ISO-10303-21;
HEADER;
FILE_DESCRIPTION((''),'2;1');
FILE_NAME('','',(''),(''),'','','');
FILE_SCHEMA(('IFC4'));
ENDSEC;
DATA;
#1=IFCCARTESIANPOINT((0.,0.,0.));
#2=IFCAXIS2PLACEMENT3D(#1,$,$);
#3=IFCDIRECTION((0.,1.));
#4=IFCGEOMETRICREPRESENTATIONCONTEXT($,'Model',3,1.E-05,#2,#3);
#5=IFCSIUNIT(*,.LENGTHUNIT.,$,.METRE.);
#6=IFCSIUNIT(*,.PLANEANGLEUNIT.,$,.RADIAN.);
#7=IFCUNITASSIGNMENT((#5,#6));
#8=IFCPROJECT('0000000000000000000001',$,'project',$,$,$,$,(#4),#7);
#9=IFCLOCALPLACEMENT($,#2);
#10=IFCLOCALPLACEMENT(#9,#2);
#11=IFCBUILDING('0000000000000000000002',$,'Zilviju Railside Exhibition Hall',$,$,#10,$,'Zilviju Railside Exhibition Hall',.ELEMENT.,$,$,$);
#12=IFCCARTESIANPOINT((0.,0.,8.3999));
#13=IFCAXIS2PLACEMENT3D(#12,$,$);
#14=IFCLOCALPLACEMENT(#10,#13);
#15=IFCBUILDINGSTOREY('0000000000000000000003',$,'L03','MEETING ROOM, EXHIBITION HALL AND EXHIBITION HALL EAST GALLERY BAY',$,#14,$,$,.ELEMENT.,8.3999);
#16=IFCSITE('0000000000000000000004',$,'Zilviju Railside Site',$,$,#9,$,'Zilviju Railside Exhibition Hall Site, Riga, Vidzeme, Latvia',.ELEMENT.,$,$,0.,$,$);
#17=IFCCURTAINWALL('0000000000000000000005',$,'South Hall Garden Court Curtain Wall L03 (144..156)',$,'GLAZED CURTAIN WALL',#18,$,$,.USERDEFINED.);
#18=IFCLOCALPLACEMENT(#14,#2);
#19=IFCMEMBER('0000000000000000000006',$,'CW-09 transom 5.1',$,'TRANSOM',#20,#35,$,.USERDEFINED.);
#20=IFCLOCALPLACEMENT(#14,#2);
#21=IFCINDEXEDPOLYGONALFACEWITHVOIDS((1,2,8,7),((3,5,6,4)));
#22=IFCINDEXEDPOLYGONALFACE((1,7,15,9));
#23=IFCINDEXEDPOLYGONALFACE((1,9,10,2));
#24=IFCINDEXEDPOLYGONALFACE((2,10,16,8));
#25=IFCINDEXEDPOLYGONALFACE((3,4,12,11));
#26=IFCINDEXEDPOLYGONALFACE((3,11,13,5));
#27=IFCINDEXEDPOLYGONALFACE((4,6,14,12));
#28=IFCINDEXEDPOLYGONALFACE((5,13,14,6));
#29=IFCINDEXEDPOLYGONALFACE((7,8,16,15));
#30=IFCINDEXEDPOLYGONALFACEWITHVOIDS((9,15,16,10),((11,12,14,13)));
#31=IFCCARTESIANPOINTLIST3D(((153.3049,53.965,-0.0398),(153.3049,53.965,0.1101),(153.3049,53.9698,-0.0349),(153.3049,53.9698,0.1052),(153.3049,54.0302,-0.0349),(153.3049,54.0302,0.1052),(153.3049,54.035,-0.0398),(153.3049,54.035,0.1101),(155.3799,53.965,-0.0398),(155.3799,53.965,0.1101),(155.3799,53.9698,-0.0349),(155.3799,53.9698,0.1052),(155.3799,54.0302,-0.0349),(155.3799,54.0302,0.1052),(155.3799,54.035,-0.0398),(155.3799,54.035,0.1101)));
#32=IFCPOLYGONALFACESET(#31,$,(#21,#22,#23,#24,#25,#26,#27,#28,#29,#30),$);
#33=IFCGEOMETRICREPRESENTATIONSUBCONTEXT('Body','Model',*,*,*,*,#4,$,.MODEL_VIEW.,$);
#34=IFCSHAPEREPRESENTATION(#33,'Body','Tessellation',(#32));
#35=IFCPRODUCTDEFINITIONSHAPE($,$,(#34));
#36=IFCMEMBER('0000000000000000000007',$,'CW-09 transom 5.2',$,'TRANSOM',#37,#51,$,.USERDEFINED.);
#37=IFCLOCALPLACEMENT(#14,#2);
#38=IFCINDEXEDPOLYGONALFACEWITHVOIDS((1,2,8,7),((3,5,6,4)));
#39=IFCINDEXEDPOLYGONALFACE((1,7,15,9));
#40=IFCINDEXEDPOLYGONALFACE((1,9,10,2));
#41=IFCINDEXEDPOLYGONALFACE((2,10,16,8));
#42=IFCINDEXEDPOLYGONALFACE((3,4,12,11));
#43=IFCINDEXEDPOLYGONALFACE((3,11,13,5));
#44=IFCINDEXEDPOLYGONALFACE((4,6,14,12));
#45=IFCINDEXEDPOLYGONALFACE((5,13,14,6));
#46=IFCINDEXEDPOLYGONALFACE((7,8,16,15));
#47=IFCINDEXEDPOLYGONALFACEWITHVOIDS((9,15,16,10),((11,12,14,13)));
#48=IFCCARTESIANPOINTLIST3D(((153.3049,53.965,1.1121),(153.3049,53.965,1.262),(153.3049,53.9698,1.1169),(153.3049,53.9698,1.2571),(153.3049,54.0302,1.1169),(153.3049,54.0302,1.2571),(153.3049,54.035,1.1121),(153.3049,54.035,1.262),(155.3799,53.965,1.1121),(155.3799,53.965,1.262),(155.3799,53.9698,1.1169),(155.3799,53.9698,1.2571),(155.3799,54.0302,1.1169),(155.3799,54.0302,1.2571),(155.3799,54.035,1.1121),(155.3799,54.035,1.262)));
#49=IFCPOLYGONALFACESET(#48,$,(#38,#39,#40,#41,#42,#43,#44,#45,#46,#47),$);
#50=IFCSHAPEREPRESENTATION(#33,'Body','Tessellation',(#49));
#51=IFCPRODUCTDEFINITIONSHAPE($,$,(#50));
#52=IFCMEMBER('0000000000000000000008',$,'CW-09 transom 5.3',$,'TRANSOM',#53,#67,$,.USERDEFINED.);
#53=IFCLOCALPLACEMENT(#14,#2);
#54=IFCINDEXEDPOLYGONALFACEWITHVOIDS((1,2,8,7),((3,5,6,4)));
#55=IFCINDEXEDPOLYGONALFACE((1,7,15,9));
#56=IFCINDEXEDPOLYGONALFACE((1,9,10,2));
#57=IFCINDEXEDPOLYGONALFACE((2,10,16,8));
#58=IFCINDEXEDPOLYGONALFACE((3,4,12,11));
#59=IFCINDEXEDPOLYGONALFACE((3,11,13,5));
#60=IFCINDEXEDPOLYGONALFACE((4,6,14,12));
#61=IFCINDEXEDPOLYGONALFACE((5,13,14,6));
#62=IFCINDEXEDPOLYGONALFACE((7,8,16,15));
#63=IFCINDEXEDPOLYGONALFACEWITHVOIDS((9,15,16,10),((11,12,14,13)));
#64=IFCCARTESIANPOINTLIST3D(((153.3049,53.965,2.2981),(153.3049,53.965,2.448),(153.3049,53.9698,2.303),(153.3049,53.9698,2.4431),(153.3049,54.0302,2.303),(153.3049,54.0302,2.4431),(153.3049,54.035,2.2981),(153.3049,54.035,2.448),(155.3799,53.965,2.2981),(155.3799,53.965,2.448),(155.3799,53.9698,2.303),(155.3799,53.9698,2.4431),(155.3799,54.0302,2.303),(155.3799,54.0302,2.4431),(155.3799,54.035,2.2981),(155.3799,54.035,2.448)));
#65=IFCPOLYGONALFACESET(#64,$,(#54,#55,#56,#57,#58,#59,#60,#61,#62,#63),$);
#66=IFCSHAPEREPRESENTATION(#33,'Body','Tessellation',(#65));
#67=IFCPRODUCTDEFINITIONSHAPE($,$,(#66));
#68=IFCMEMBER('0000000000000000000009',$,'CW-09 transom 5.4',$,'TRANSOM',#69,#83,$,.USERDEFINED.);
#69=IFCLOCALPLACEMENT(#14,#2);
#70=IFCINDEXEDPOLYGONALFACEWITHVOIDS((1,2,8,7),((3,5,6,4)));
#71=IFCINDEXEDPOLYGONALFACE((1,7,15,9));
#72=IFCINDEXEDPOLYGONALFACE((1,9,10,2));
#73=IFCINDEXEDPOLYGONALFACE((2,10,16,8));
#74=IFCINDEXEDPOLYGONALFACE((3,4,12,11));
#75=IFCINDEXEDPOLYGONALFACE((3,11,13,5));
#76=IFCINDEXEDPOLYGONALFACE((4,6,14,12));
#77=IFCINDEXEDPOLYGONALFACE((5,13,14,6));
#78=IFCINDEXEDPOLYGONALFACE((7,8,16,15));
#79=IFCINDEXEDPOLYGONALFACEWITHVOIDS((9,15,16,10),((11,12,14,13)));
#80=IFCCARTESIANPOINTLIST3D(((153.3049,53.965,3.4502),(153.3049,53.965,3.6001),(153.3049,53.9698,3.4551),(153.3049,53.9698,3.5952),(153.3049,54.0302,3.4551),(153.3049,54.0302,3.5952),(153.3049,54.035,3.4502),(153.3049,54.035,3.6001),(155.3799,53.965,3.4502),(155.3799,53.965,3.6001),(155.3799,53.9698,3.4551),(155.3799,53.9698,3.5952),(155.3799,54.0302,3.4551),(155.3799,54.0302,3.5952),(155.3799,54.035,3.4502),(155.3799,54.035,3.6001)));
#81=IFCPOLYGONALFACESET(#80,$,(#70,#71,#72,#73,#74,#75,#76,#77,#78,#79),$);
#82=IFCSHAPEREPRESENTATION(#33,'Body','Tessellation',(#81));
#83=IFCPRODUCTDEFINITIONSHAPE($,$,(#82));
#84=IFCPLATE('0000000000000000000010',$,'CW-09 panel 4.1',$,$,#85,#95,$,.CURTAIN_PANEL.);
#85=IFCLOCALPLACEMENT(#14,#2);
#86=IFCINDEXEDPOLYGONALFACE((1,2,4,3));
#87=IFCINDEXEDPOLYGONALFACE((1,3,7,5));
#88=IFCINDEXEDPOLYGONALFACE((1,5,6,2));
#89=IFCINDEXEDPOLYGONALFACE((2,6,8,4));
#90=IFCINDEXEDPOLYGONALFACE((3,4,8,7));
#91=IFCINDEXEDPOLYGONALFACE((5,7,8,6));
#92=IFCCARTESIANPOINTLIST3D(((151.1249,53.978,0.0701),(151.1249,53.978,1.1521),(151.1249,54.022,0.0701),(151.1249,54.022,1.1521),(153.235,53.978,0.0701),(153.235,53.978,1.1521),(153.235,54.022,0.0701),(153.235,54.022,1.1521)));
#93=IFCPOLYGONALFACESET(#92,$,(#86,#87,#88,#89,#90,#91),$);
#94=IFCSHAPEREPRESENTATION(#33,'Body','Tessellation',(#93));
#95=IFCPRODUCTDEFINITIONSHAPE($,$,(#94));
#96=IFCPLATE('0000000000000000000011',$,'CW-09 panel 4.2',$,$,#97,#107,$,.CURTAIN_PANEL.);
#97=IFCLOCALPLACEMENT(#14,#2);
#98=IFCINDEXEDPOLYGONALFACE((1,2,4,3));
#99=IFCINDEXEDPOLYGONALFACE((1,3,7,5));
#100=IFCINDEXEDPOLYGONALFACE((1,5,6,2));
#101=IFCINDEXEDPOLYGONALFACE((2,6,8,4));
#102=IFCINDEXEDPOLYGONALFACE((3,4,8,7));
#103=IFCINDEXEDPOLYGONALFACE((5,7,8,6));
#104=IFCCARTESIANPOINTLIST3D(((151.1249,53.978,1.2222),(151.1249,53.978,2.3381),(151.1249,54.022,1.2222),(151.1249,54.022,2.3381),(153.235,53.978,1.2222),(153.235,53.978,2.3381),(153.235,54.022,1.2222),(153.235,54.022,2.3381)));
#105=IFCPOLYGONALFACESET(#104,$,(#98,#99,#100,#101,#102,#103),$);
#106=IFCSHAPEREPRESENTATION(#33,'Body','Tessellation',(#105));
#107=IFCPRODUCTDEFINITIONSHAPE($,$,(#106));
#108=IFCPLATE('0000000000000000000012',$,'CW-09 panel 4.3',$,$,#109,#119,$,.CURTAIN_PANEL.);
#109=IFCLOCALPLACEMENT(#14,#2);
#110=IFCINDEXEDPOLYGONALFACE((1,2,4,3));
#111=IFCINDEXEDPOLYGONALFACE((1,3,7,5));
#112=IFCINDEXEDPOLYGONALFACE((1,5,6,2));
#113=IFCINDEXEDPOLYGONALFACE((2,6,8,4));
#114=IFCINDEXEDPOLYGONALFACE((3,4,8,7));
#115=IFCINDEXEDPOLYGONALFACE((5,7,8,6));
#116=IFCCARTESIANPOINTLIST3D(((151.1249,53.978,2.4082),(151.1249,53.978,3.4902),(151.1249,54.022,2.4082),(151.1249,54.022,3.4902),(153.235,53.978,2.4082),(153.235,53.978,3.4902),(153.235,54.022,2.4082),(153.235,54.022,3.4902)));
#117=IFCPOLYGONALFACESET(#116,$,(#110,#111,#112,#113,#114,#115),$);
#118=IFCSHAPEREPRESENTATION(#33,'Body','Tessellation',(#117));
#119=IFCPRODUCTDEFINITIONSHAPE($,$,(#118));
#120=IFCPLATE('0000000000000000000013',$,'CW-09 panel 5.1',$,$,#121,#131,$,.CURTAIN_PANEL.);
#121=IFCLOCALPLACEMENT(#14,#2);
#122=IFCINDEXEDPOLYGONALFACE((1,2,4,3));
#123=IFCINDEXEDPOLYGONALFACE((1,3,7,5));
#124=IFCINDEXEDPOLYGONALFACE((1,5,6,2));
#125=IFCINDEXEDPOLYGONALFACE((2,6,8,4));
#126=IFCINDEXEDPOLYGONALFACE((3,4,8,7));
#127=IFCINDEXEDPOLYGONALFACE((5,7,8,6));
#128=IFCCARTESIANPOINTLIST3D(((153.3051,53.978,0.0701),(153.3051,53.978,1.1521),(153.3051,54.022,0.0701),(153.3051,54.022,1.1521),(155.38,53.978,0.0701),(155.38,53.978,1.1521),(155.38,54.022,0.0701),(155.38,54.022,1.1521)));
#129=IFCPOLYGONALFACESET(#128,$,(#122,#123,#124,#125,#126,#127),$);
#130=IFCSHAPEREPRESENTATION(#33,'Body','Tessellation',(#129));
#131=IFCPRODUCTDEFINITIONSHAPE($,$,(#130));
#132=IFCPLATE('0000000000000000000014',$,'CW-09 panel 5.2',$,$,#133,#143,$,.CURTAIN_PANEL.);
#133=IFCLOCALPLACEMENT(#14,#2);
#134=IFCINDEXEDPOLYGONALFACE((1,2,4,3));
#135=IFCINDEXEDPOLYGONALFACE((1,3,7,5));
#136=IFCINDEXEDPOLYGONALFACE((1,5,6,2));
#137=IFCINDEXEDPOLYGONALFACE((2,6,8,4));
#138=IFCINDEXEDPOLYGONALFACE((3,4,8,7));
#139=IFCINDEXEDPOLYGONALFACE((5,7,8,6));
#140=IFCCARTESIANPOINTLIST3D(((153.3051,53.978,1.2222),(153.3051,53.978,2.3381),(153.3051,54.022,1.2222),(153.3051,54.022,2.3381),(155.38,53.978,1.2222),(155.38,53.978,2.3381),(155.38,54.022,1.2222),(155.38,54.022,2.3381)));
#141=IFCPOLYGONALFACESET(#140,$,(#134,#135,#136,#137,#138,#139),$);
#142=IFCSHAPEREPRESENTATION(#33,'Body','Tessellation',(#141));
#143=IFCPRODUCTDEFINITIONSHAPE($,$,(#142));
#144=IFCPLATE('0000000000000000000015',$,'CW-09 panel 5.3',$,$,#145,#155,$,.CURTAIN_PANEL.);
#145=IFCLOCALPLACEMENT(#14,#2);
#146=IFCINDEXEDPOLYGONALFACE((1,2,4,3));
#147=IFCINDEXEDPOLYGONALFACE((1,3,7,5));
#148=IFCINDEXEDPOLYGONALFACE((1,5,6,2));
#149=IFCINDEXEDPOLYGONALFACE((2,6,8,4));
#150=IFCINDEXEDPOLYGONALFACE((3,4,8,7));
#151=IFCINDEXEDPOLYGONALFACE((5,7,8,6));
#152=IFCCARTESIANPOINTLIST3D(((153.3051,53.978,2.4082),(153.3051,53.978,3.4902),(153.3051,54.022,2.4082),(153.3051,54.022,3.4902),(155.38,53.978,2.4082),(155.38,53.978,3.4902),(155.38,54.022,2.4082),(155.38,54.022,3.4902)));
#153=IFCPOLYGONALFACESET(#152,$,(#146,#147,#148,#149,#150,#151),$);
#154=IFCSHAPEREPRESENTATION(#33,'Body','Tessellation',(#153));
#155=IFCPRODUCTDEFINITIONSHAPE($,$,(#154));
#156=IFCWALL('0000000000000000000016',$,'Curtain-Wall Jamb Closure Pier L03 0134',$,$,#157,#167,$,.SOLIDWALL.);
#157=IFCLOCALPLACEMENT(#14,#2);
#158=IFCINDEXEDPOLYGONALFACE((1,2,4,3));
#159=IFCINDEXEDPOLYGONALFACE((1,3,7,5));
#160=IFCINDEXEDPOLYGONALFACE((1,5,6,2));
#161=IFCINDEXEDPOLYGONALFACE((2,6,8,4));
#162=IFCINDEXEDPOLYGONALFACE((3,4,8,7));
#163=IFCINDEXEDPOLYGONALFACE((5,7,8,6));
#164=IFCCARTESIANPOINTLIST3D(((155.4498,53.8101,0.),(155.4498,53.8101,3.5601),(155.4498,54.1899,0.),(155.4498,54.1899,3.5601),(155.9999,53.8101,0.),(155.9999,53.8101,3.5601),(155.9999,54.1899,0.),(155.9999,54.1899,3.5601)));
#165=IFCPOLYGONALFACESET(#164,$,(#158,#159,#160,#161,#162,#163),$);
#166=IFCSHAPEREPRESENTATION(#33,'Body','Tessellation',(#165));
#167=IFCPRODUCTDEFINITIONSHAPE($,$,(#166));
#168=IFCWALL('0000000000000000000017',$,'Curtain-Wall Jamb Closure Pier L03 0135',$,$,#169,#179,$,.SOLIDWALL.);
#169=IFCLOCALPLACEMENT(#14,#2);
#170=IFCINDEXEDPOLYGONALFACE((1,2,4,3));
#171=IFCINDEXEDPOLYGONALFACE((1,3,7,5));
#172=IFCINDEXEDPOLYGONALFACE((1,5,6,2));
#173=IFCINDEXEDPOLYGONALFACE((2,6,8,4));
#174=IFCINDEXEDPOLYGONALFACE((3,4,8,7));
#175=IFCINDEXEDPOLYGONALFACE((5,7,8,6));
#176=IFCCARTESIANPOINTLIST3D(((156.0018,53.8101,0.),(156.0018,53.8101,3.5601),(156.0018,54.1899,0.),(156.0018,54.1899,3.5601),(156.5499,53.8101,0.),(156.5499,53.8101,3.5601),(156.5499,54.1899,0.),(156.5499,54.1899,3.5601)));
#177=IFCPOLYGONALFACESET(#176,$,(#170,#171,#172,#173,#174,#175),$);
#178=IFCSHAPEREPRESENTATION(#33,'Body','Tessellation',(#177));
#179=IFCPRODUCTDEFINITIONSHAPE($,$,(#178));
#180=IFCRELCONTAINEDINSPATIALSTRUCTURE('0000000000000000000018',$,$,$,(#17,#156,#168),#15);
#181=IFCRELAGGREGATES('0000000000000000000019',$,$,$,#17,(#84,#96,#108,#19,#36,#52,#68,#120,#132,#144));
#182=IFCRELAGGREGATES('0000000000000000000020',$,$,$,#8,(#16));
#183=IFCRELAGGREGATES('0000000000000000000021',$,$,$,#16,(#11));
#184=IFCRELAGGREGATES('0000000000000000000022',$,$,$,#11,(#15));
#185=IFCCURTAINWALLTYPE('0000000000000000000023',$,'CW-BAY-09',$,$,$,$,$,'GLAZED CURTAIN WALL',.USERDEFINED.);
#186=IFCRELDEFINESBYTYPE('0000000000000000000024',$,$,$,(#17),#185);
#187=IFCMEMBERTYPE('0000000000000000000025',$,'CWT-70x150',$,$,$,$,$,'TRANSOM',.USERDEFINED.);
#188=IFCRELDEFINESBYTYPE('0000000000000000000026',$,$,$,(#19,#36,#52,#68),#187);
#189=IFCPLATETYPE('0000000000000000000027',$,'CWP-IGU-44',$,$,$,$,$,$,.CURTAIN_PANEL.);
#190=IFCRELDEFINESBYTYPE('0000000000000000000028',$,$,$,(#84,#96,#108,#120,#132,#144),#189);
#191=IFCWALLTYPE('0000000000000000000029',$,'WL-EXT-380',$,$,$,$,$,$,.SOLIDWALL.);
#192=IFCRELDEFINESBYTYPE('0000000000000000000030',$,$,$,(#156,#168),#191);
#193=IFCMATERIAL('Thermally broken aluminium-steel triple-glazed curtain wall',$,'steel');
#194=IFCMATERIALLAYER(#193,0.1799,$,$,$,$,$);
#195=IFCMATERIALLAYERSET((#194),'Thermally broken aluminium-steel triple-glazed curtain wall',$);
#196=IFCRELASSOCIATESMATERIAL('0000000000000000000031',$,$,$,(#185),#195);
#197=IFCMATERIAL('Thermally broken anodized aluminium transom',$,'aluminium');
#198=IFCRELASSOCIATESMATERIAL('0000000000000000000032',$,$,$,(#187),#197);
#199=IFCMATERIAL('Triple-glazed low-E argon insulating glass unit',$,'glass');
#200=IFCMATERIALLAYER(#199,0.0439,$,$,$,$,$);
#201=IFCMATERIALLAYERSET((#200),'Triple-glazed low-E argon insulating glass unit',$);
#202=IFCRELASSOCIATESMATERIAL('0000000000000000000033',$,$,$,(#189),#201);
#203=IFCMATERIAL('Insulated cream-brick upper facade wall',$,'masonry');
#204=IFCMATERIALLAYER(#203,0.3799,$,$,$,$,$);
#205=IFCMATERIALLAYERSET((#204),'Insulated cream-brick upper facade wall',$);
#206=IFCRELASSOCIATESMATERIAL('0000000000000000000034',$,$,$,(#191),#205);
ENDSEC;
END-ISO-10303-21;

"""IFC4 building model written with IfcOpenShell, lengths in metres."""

from ifc_helpers import new_model, si_unit, direction, frame, frame_2d, origin, origin_2d, place, context, subcontext, project, spatial, rectangle, hollow_rectangle, extrude, material, layer, layer_set, material_profile, profile_set, type_object, element, aggregate, save


model = new_model("IFC4")

# Units and contexts
model_context = context("Model", 3, precision=1e-05, world=origin(), true_north=direction((0.0, 1.0)))
body_context = subcontext(model_context, "Body", "Model", "MODEL_VIEW")
ifc_project = project(units=[si_unit("LENGTHUNIT", "METRE"), si_unit("PLANEANGLEUNIT", "RADIAN")], contexts=[model_context])

# Site, building, storey
site_placement = place(None, origin())
site = spatial("IfcSite", under=ifc_project, at=site_placement, Name="Zilviju Railside Site", LongName="Zilviju Railside Exhibition Hall Site, Riga, Vidzeme, Latvia", CompositionType="ELEMENT", RefElevation=0.0)
building_placement = place(site_placement, origin())
building = spatial("IfcBuilding", under=site, at=building_placement, Name="Zilviju Railside Exhibition Hall", LongName="Zilviju Railside Exhibition Hall", CompositionType="ELEMENT")
storey_placement = place(building_placement, frame((0.0, 0.0, 8.3999)))
storey = spatial("IfcBuildingStorey", under=building, at=storey_placement, Name="L03", Description="MEETING ROOM, EXHIBITION HALL AND EXHIBITION HALL EAST GALLERY BAY", CompositionType="ELEMENT", Elevation=8.3999)

# Shared definitions
ifc_material_1 = material(Name="Thermally broken aluminium-steel triple-glazed curtain wall", Category="steel")

# Curtain wall
ifc_layer_1 = layer(ifc_material_1, 0.1799)
ifc_layer_set_1 = layer_set([ifc_layer_1], Name="Thermally broken aluminium-steel triple-glazed curtain wall")
curtain_wall_type_1 = type_object("IfcCurtainWallType", Name="CW-BAY-09", ElementType="GLAZED CURTAIN WALL", PredefinedType="USERDEFINED", material=ifc_layer_set_1)
curtain_wall_1_placement = place(storey_placement, origin())
curtain_wall_1 = element("IfcCurtainWall", 1, at=curtain_wall_1_placement, inside=storey, type_object=curtain_wall_type_1, Name="South Hall Garden Court Curtain Wall L03 (144..156)", ObjectType="GLAZED CURTAIN WALL", PredefinedType="USERDEFINED")

# Members
ifc_material_2 = material(Name="Thermally broken anodized aluminium transom", Category="aluminium")
ifc_material_profile_1 = material_profile(ifc_material_2, hollow_rectangle(XDim=0.0701, YDim=0.1499, WallThickness=0.0049, at=origin_2d()), Name="TRANSOM 150x70x5")
ifc_profile_set_1 = profile_set([ifc_material_profile_1], Name="Thermally broken anodized aluminium transom")
member_type_1 = type_object("IfcMemberType", Name="CWT-70x150", ElementType="TRANSOM", PredefinedType="USERDEFINED", material=ifc_profile_set_1)
member_1_placement = place(storey_placement, frame((153.3049, 54.0, 0.0352), z_axis=(1.0, 0.0, 0.0), x_axis=(0.0, 1.0, 0.0)))
member_1 = element("IfcMember", 2, at=member_1_placement, type_object=member_type_1, Name="CW-09 transom 5.1", ObjectType="TRANSOM", PredefinedType="USERDEFINED", context=body_context, shape_type="SweptSolid", body=[
    extrude(hollow_rectangle(XDim=0.0701, YDim=0.1499, WallThickness=0.0049, at=origin_2d()), origin(), (0.0, 0.0, 1.0), 2.075),
])
member_2_placement = place(storey_placement, frame((153.3049, 54.0, 1.187), z_axis=(1.0, 0.0, 0.0), x_axis=(0.0, 1.0, 0.0)))
member_2 = element("IfcMember", 3, at=member_2_placement, type_object=member_type_1, Name="CW-09 transom 5.2", ObjectType="TRANSOM", PredefinedType="USERDEFINED", context=body_context, shape_type="SweptSolid", body=[
    extrude(hollow_rectangle(XDim=0.0701, YDim=0.1499, WallThickness=0.0049, at=origin_2d()), origin(), (0.0, 0.0, 1.0), 2.075),
])
member_3_placement = place(storey_placement, frame((153.3049, 54.0, 2.373), z_axis=(1.0, 0.0, 0.0), x_axis=(0.0, 1.0, 0.0)))
member_3 = element("IfcMember", 4, at=member_3_placement, type_object=member_type_1, Name="CW-09 transom 5.3", ObjectType="TRANSOM", PredefinedType="USERDEFINED", context=body_context, shape_type="SweptSolid", body=[
    extrude(hollow_rectangle(XDim=0.0701, YDim=0.1499, WallThickness=0.0049, at=origin_2d()), origin(), (0.0, 0.0, 1.0), 2.075),
])
member_4_placement = place(storey_placement, frame((153.3049, 54.0, 3.5251), z_axis=(1.0, 0.0, 0.0), x_axis=(0.0, 1.0, 0.0)))
member_4 = element("IfcMember", 5, at=member_4_placement, type_object=member_type_1, Name="CW-09 transom 5.4", ObjectType="TRANSOM", PredefinedType="USERDEFINED", context=body_context, shape_type="SweptSolid", body=[
    extrude(hollow_rectangle(XDim=0.0701, YDim=0.1499, WallThickness=0.0049, at=origin_2d()), origin(), (0.0, 0.0, 1.0), 2.075),
])

# Plates
ifc_material_3 = material(Name="Triple-glazed low-E argon insulating glass unit", Category="glass")
ifc_layer_2 = layer(ifc_material_3, 0.0439)
ifc_layer_set_2 = layer_set([ifc_layer_2], Name="Triple-glazed low-E argon insulating glass unit")
plate_type = type_object("IfcPlateType", Name="CWP-IGU-44", PredefinedType="CURTAIN_PANEL", material=ifc_layer_set_2)
plate_1_placement = place(storey_placement, frame((152.1799, 54.0, 0.0701), z_axis=(0.0, 0.0, 1.0), x_axis=(1.0, 0.0, 0.0)))
plate_1 = element("IfcPlate", 6, at=plate_1_placement, type_object=plate_type, Name="CW-09 panel 4.1", PredefinedType="CURTAIN_PANEL", context=body_context, shape_type="SweptSolid", body=[
    extrude(rectangle(XDim=2.1101, YDim=0.0439, at=origin_2d()), origin(), (0.0, 0.0, 1.0), 1.082),
])
plate_2_placement = place(storey_placement, frame((152.1799, 54.0, 1.2222), z_axis=(0.0, 0.0, 1.0), x_axis=(1.0, 0.0, 0.0)))
plate_2 = element("IfcPlate", 7, at=plate_2_placement, type_object=plate_type, Name="CW-09 panel 4.2", PredefinedType="CURTAIN_PANEL", context=body_context, shape_type="SweptSolid", body=[
    extrude(rectangle(XDim=2.1101, YDim=0.0439, at=origin_2d()), origin(), (0.0, 0.0, 1.0), 1.116),
])
plate_3_placement = place(storey_placement, frame((152.1799, 54.0, 2.4082), z_axis=(0.0, 0.0, 1.0), x_axis=(1.0, 0.0, 0.0)))
plate_3 = element("IfcPlate", 8, at=plate_3_placement, type_object=plate_type, Name="CW-09 panel 4.3", PredefinedType="CURTAIN_PANEL", context=body_context, shape_type="SweptSolid", body=[
    extrude(rectangle(XDim=2.1101, YDim=0.0439, at=origin_2d()), origin(), (0.0, 0.0, 1.0), 1.082),
])
plate_4_placement = place(storey_placement, frame((154.3425, 54.0, 0.0701), z_axis=(0.0, 0.0, 1.0), x_axis=(1.0, 0.0, 0.0)))
plate_4 = element("IfcPlate", 9, at=plate_4_placement, type_object=plate_type, Name="CW-09 panel 5.1", PredefinedType="CURTAIN_PANEL", context=body_context, shape_type="SweptSolid", body=[
    extrude(rectangle(XDim=2.075, YDim=0.0439, at=origin_2d()), origin(), (0.0, 0.0, 1.0), 1.082),
])
plate_5_placement = place(storey_placement, frame((154.3425, 54.0, 1.2222), z_axis=(0.0, 0.0, 1.0), x_axis=(1.0, 0.0, 0.0)))
plate_5 = element("IfcPlate", 10, at=plate_5_placement, type_object=plate_type, Name="CW-09 panel 5.2", PredefinedType="CURTAIN_PANEL", context=body_context, shape_type="SweptSolid", body=[
    extrude(rectangle(XDim=2.075, YDim=0.0439, at=origin_2d()), origin(), (0.0, 0.0, 1.0), 1.116),
])
plate_6_placement = place(storey_placement, frame((154.3425, 54.0, 2.4082), z_axis=(0.0, 0.0, 1.0), x_axis=(1.0, 0.0, 0.0)))
plate_6 = element("IfcPlate", 11, at=plate_6_placement, type_object=plate_type, Name="CW-09 panel 5.3", PredefinedType="CURTAIN_PANEL", context=body_context, shape_type="SweptSolid", body=[
    extrude(rectangle(XDim=2.075, YDim=0.0439, at=origin_2d()), origin(), (0.0, 0.0, 1.0), 1.082),
])
aggregate(curtain_wall_1, [plate_1, plate_2, plate_3, member_1, member_2, member_3, member_4, plate_4, plate_5, plate_6])

# Walls
ifc_material_4 = material(Name="Insulated cream-brick upper facade wall", Category="masonry")
ifc_layer_3 = layer(ifc_material_4, 0.3799)
ifc_layer_set_3 = layer_set([ifc_layer_3], Name="Insulated cream-brick upper facade wall")
wall_type = type_object("IfcWallType", Name="WL-EXT-380", PredefinedType="SOLIDWALL", material=ifc_layer_set_3)
wall_1_placement = place(storey_placement, frame((155.45, 54.0, 0.0), z_axis=(0.0, 0.0, 1.0), x_axis=(1.0, 0.0, 0.0)))
element("IfcWall", 12, at=wall_1_placement, inside=storey, type_object=wall_type, Name="Curtain-Wall Jamb Closure Pier L03 0134", PredefinedType="SOLIDWALL", context=body_context, shape_type="SweptSolid", body=[
    extrude(rectangle(XDim=0.55, YDim=0.3799, at=frame_2d((0.2749, 0.0))), origin(), (0.0, 0.0, 1.0), 3.5601),
])
wall_2_placement = place(storey_placement, frame((156.002, 54.0, 0.0), z_axis=(0.0, 0.0, 1.0), x_axis=(1.0, 0.0, 0.0)))
element("IfcWall", 13, at=wall_2_placement, inside=storey, type_object=wall_type, Name="Curtain-Wall Jamb Closure Pier L03 0135", PredefinedType="SOLIDWALL", context=body_context, shape_type="SweptSolid", body=[
    extrude(rectangle(XDim=0.5481, YDim=0.3799, at=frame_2d((0.2739, 0.0))), origin(), (0.0, 0.0, 1.0), 3.5601),
])

save(model, "model.ifc")
